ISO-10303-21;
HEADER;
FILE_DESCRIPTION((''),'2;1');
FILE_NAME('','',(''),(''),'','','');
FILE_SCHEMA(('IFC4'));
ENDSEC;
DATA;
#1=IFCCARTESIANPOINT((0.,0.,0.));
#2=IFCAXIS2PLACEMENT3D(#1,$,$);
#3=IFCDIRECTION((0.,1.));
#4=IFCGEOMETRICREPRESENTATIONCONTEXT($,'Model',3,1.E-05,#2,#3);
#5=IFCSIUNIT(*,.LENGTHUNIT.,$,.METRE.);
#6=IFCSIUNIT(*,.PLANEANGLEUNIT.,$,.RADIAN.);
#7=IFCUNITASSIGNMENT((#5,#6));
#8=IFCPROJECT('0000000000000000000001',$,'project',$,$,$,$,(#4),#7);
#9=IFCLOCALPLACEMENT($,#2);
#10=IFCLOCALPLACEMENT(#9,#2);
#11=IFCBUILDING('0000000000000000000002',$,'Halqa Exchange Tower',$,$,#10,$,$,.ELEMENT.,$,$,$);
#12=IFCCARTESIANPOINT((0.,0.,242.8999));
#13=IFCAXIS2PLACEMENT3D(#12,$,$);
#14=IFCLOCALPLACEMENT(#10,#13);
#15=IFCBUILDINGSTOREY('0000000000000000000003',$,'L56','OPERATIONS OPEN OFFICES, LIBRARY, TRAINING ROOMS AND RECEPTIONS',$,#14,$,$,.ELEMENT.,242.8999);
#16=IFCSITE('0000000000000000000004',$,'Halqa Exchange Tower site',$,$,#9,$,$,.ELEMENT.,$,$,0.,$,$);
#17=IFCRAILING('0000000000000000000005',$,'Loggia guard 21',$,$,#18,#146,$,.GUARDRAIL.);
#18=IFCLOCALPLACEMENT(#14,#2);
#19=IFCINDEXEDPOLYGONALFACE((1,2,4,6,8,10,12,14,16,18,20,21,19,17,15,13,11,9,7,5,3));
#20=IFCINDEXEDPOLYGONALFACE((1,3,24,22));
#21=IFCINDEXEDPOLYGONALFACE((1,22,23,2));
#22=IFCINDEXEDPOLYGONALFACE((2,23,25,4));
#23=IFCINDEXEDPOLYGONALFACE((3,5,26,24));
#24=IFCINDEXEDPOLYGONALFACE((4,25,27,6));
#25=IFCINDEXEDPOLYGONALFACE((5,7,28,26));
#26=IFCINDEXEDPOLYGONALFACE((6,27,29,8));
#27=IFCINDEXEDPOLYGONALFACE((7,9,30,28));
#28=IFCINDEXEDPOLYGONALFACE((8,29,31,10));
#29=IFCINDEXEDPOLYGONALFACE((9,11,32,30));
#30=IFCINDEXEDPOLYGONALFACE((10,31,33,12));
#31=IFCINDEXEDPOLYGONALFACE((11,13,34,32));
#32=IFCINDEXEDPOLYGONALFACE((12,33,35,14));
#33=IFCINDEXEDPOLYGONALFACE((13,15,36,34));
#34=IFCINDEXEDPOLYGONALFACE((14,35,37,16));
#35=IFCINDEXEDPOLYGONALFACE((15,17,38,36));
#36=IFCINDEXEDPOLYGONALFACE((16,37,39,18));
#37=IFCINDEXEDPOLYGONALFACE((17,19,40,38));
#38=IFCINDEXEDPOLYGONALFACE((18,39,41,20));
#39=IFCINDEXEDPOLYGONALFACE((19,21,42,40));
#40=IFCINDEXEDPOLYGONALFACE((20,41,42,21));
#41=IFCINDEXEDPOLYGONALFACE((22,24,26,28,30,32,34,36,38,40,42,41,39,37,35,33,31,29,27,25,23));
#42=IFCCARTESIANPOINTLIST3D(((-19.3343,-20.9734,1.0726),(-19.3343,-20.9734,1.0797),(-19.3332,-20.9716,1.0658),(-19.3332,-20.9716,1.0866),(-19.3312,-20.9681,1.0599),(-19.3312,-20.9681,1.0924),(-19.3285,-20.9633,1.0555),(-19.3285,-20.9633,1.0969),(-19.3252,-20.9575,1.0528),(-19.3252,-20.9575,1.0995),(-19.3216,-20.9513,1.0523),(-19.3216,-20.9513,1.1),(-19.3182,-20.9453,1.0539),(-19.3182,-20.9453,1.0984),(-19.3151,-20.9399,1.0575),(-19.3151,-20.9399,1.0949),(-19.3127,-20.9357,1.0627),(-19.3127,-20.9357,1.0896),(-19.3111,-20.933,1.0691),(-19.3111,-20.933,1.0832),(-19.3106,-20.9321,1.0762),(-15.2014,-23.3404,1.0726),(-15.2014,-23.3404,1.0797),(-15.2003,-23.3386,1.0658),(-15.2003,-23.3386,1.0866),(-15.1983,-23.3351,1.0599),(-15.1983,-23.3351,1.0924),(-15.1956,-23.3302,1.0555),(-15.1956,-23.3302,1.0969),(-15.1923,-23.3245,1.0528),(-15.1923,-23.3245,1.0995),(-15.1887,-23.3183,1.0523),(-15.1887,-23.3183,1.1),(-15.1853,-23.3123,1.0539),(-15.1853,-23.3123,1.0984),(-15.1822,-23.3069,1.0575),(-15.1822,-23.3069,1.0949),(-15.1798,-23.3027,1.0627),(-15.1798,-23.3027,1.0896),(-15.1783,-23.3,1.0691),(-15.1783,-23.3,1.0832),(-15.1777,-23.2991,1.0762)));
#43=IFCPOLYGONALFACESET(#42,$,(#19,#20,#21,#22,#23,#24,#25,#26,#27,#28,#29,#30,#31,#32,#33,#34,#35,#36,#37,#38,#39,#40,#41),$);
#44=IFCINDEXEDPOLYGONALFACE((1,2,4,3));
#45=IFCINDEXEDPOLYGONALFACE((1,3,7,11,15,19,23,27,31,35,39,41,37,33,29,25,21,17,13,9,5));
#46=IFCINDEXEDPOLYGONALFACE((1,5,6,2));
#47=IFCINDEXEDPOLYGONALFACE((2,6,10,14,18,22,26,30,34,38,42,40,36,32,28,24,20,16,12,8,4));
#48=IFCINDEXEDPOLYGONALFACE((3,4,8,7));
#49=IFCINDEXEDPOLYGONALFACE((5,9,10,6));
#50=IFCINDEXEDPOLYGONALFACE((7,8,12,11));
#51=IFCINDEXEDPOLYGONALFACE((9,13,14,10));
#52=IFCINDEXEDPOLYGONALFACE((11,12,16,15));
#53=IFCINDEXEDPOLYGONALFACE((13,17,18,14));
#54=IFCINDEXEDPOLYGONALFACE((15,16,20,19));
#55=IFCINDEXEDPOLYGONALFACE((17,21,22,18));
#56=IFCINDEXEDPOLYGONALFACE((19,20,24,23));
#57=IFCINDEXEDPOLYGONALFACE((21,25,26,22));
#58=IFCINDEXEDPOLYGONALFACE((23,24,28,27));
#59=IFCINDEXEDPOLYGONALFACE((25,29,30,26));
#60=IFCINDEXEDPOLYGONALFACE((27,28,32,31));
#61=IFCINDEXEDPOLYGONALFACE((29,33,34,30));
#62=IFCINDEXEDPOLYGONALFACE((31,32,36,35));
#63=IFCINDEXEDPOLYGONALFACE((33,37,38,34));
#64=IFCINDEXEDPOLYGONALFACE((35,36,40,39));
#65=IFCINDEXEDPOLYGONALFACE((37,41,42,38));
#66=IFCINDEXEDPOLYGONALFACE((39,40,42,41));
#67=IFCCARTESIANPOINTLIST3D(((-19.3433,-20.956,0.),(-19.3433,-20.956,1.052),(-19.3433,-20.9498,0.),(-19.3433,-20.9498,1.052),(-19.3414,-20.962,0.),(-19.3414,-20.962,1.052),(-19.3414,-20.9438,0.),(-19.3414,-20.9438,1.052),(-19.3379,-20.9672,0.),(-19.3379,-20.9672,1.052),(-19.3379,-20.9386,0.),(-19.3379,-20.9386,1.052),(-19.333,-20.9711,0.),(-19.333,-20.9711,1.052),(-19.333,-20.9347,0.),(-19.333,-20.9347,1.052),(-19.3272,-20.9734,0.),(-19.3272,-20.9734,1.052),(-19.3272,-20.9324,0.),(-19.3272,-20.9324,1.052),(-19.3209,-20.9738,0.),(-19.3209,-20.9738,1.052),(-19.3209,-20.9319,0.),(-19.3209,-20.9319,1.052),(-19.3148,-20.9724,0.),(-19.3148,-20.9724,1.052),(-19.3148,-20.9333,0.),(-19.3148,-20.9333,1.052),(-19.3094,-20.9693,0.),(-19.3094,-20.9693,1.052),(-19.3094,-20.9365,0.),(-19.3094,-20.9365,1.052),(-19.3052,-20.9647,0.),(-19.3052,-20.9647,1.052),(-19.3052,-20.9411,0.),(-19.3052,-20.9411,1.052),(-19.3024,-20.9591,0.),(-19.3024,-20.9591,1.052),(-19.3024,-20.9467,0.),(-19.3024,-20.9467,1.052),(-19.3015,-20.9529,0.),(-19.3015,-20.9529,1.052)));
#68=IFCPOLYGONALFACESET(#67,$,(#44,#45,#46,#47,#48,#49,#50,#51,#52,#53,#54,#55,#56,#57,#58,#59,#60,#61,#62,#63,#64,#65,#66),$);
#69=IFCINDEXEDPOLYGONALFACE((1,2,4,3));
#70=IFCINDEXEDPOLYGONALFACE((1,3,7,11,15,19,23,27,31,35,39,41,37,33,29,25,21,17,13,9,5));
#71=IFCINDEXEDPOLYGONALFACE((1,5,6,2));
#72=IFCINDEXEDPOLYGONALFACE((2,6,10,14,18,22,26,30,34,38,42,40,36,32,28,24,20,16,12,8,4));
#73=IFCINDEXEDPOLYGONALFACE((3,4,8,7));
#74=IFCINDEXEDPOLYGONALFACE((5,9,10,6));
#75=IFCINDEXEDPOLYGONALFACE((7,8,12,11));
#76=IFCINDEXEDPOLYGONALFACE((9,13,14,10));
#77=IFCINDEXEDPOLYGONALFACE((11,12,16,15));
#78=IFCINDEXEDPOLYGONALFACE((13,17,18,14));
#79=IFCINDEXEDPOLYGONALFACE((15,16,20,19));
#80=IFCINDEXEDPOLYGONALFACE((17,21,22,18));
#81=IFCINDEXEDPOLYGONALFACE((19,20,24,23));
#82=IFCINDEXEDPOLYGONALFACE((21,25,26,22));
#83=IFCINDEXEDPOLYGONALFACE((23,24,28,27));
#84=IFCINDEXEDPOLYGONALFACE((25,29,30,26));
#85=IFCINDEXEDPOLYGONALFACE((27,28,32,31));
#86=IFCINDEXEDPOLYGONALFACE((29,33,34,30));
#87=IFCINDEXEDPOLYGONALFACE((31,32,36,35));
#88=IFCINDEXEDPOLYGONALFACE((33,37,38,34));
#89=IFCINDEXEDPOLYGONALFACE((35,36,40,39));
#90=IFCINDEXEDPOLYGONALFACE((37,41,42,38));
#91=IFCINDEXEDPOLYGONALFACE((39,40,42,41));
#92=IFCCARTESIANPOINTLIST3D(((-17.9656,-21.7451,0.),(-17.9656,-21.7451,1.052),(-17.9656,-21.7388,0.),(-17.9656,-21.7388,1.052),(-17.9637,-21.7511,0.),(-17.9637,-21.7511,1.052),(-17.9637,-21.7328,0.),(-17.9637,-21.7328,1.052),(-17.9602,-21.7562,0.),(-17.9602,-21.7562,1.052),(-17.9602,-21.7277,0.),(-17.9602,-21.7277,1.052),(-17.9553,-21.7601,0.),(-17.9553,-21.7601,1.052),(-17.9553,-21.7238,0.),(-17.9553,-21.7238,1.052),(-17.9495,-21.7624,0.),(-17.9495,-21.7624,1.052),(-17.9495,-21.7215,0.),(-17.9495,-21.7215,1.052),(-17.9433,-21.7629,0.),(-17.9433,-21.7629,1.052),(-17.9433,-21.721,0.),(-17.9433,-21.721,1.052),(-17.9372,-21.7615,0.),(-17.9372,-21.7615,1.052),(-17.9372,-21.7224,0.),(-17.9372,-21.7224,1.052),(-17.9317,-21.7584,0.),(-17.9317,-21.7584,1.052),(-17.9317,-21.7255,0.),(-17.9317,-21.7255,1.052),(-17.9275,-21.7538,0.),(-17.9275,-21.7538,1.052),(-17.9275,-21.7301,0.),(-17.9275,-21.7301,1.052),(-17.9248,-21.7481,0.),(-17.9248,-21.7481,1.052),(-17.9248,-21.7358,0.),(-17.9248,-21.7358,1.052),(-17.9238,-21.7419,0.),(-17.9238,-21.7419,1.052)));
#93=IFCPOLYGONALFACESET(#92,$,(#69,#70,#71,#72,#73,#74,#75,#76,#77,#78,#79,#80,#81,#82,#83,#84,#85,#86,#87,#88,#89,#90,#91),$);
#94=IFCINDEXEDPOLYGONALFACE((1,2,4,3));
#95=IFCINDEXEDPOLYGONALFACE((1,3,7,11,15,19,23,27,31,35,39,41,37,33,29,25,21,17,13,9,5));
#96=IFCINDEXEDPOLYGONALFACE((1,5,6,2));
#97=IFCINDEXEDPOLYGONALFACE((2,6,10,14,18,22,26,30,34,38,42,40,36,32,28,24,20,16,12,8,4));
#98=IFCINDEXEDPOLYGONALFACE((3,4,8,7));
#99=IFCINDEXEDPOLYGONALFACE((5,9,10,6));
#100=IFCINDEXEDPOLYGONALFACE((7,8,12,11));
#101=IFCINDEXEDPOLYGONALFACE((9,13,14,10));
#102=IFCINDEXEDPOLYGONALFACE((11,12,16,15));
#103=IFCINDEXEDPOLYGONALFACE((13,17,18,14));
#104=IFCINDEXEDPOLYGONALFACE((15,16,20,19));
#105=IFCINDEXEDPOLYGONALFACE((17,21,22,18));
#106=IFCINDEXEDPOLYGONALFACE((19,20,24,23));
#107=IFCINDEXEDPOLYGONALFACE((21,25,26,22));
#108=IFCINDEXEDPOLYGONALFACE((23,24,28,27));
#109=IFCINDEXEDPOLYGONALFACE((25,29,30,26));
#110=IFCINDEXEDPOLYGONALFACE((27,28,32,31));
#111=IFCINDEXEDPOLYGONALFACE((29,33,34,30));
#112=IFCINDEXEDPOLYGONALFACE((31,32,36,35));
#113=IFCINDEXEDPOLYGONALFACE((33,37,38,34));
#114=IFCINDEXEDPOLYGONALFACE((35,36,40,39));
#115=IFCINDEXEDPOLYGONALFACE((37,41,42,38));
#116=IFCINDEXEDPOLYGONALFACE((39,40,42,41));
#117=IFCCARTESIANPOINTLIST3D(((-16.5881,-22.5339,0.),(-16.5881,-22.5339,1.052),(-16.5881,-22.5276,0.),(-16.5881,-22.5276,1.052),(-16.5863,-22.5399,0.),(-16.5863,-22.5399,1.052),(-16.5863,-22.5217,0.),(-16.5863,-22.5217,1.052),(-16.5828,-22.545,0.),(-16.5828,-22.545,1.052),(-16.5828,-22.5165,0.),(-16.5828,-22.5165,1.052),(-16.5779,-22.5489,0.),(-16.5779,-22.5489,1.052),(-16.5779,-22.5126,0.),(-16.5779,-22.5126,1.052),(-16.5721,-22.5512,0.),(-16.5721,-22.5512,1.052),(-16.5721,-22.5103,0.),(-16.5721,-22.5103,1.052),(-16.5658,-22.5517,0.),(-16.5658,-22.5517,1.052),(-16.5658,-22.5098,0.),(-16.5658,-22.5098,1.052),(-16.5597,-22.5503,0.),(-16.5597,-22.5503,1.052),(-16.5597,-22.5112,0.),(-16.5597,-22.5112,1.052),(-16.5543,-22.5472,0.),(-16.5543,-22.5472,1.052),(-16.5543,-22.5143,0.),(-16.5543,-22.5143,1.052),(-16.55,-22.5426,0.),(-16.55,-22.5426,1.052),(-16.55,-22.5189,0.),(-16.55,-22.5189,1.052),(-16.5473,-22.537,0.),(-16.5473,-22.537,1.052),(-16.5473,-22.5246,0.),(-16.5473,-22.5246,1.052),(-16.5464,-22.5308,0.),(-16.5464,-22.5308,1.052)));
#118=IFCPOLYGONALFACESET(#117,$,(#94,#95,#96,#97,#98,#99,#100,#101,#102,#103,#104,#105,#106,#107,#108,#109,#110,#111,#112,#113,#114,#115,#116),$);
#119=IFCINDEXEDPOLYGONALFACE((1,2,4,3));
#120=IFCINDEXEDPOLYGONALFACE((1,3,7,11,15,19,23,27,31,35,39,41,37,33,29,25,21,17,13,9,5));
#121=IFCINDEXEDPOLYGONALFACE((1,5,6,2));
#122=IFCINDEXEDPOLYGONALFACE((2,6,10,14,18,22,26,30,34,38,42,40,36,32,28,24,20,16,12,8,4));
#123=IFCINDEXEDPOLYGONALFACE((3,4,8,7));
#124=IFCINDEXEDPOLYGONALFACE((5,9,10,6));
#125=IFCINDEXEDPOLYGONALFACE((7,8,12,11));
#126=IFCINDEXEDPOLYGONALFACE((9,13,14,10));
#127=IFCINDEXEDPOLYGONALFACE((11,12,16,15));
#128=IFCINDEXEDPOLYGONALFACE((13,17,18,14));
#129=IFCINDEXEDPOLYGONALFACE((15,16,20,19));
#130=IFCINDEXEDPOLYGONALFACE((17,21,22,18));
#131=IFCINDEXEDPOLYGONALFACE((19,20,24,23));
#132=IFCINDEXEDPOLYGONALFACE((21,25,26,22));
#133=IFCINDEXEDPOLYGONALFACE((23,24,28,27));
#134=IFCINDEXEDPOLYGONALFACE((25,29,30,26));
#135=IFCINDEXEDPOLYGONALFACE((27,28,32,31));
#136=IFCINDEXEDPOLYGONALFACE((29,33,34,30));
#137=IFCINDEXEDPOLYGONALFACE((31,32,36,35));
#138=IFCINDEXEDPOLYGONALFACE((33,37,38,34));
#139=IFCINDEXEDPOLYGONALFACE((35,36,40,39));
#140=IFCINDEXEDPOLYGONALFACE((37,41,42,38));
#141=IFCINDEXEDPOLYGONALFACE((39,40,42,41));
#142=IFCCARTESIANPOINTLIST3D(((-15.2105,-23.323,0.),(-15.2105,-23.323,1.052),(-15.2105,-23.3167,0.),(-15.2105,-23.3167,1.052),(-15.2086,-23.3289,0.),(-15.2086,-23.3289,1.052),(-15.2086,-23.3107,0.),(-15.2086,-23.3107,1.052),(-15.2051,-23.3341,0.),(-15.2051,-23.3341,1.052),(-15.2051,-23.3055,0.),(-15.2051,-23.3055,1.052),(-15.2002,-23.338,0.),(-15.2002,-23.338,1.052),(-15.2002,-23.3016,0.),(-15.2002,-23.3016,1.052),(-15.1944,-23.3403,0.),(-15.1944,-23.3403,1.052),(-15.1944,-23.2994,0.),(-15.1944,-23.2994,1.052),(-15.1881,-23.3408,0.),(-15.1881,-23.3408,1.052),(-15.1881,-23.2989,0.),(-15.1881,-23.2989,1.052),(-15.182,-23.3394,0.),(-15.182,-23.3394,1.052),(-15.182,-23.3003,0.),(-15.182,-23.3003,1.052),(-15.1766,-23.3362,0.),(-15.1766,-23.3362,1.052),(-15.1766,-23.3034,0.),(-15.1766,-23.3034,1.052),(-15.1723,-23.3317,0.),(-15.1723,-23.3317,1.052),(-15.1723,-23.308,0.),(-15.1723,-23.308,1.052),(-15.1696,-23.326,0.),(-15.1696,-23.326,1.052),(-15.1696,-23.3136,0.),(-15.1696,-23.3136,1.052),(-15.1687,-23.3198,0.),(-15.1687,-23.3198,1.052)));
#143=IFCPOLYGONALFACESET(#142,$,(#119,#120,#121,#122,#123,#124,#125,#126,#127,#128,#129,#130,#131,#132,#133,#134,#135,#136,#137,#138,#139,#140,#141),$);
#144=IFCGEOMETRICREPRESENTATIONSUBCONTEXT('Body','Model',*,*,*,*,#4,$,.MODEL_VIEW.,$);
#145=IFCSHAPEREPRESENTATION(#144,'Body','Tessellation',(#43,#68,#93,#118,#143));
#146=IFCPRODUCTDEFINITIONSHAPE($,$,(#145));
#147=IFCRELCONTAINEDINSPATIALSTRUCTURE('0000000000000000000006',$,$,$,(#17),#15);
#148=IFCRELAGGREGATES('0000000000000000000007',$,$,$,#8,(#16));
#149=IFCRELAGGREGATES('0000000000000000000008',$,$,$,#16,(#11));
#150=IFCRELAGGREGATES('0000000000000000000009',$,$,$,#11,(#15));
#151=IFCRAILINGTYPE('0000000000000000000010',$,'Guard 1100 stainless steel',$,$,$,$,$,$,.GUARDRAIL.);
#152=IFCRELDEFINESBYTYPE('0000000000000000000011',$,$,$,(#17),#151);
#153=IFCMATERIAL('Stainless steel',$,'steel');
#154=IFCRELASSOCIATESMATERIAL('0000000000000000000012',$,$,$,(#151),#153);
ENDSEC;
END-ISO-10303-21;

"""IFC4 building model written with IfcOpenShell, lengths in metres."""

from ifc_helpers import new_model, si_unit, direction, frame, origin, origin_2d, place, context, subcontext, project, spatial, circle, extrude, material, type_object, element, save


model = new_model("IFC4")

# Units and contexts
model_context = context("Model", 3, precision=1e-05, world=origin(), true_north=direction((0.0, 1.0)))
body_context = subcontext(model_context, "Body", "Model", "MODEL_VIEW")
ifc_project = project(units=[si_unit("LENGTHUNIT", "METRE"), si_unit("PLANEANGLEUNIT", "RADIAN")], contexts=[model_context])

# Site, building, storey
site_placement = place(None, origin())
site = spatial("IfcSite", under=ifc_project, at=site_placement, Name="Halqa Exchange Tower site", CompositionType="ELEMENT", RefElevation=0.0)
building_placement = place(site_placement, origin())
building = spatial("IfcBuilding", under=site, at=building_placement, Name="Halqa Exchange Tower", CompositionType="ELEMENT")
storey_placement = place(building_placement, frame((0.0, 0.0, 242.8999)))
storey = spatial("IfcBuildingStorey", under=building, at=storey_placement, Name="L56", Description="OPERATIONS OPEN OFFICES, LIBRARY, TRAINING ROOMS AND RECEPTIONS", CompositionType="ELEMENT", Elevation=242.8999)

# Railing
ifc_material_1 = material(Name="Stainless steel", Category="steel")
railing_type = type_object("IfcRailingType", Name="Guard 1100 stainless steel", PredefinedType="GUARDRAIL", material=ifc_material_1)
railing_1_placement = place(storey_placement, frame((-19.3225, -20.9529, 0.0)))
element("IfcRailing", 1, at=railing_1_placement, inside=storey, type_object=railing_type, Name="Loggia guard 21", PredefinedType="GUARDRAIL", context=body_context, shape_type="SweptSolid", body=[
    extrude(circle(Radius=0.0239, at=origin_2d()), frame((0.0, 0.0, 1.0762), z_axis=(0.86776, -0.496983, 0.0), x_axis=(0.496983, 0.86776, 0.0)), (0.0, 0.0, 1.0), 4.7627),
    extrude(circle(Radius=0.021, at=origin_2d()), origin(), (0.0, 0.0, 1.0), 1.052),
    extrude(circle(Radius=0.021, at=origin_2d()), frame((1.3777, -0.7891, 0.0)), (0.0, 0.0, 1.0), 1.052),
    extrude(circle(Radius=0.021, at=origin_2d()), frame((2.7551, -1.5779, 0.0)), (0.0, 0.0, 1.0), 1.052),
    extrude(circle(Radius=0.021, at=origin_2d()), frame((4.1328, -2.3669, 0.0)), (0.0, 0.0, 1.0), 1.052),
])

save(model, "model.ifc")
